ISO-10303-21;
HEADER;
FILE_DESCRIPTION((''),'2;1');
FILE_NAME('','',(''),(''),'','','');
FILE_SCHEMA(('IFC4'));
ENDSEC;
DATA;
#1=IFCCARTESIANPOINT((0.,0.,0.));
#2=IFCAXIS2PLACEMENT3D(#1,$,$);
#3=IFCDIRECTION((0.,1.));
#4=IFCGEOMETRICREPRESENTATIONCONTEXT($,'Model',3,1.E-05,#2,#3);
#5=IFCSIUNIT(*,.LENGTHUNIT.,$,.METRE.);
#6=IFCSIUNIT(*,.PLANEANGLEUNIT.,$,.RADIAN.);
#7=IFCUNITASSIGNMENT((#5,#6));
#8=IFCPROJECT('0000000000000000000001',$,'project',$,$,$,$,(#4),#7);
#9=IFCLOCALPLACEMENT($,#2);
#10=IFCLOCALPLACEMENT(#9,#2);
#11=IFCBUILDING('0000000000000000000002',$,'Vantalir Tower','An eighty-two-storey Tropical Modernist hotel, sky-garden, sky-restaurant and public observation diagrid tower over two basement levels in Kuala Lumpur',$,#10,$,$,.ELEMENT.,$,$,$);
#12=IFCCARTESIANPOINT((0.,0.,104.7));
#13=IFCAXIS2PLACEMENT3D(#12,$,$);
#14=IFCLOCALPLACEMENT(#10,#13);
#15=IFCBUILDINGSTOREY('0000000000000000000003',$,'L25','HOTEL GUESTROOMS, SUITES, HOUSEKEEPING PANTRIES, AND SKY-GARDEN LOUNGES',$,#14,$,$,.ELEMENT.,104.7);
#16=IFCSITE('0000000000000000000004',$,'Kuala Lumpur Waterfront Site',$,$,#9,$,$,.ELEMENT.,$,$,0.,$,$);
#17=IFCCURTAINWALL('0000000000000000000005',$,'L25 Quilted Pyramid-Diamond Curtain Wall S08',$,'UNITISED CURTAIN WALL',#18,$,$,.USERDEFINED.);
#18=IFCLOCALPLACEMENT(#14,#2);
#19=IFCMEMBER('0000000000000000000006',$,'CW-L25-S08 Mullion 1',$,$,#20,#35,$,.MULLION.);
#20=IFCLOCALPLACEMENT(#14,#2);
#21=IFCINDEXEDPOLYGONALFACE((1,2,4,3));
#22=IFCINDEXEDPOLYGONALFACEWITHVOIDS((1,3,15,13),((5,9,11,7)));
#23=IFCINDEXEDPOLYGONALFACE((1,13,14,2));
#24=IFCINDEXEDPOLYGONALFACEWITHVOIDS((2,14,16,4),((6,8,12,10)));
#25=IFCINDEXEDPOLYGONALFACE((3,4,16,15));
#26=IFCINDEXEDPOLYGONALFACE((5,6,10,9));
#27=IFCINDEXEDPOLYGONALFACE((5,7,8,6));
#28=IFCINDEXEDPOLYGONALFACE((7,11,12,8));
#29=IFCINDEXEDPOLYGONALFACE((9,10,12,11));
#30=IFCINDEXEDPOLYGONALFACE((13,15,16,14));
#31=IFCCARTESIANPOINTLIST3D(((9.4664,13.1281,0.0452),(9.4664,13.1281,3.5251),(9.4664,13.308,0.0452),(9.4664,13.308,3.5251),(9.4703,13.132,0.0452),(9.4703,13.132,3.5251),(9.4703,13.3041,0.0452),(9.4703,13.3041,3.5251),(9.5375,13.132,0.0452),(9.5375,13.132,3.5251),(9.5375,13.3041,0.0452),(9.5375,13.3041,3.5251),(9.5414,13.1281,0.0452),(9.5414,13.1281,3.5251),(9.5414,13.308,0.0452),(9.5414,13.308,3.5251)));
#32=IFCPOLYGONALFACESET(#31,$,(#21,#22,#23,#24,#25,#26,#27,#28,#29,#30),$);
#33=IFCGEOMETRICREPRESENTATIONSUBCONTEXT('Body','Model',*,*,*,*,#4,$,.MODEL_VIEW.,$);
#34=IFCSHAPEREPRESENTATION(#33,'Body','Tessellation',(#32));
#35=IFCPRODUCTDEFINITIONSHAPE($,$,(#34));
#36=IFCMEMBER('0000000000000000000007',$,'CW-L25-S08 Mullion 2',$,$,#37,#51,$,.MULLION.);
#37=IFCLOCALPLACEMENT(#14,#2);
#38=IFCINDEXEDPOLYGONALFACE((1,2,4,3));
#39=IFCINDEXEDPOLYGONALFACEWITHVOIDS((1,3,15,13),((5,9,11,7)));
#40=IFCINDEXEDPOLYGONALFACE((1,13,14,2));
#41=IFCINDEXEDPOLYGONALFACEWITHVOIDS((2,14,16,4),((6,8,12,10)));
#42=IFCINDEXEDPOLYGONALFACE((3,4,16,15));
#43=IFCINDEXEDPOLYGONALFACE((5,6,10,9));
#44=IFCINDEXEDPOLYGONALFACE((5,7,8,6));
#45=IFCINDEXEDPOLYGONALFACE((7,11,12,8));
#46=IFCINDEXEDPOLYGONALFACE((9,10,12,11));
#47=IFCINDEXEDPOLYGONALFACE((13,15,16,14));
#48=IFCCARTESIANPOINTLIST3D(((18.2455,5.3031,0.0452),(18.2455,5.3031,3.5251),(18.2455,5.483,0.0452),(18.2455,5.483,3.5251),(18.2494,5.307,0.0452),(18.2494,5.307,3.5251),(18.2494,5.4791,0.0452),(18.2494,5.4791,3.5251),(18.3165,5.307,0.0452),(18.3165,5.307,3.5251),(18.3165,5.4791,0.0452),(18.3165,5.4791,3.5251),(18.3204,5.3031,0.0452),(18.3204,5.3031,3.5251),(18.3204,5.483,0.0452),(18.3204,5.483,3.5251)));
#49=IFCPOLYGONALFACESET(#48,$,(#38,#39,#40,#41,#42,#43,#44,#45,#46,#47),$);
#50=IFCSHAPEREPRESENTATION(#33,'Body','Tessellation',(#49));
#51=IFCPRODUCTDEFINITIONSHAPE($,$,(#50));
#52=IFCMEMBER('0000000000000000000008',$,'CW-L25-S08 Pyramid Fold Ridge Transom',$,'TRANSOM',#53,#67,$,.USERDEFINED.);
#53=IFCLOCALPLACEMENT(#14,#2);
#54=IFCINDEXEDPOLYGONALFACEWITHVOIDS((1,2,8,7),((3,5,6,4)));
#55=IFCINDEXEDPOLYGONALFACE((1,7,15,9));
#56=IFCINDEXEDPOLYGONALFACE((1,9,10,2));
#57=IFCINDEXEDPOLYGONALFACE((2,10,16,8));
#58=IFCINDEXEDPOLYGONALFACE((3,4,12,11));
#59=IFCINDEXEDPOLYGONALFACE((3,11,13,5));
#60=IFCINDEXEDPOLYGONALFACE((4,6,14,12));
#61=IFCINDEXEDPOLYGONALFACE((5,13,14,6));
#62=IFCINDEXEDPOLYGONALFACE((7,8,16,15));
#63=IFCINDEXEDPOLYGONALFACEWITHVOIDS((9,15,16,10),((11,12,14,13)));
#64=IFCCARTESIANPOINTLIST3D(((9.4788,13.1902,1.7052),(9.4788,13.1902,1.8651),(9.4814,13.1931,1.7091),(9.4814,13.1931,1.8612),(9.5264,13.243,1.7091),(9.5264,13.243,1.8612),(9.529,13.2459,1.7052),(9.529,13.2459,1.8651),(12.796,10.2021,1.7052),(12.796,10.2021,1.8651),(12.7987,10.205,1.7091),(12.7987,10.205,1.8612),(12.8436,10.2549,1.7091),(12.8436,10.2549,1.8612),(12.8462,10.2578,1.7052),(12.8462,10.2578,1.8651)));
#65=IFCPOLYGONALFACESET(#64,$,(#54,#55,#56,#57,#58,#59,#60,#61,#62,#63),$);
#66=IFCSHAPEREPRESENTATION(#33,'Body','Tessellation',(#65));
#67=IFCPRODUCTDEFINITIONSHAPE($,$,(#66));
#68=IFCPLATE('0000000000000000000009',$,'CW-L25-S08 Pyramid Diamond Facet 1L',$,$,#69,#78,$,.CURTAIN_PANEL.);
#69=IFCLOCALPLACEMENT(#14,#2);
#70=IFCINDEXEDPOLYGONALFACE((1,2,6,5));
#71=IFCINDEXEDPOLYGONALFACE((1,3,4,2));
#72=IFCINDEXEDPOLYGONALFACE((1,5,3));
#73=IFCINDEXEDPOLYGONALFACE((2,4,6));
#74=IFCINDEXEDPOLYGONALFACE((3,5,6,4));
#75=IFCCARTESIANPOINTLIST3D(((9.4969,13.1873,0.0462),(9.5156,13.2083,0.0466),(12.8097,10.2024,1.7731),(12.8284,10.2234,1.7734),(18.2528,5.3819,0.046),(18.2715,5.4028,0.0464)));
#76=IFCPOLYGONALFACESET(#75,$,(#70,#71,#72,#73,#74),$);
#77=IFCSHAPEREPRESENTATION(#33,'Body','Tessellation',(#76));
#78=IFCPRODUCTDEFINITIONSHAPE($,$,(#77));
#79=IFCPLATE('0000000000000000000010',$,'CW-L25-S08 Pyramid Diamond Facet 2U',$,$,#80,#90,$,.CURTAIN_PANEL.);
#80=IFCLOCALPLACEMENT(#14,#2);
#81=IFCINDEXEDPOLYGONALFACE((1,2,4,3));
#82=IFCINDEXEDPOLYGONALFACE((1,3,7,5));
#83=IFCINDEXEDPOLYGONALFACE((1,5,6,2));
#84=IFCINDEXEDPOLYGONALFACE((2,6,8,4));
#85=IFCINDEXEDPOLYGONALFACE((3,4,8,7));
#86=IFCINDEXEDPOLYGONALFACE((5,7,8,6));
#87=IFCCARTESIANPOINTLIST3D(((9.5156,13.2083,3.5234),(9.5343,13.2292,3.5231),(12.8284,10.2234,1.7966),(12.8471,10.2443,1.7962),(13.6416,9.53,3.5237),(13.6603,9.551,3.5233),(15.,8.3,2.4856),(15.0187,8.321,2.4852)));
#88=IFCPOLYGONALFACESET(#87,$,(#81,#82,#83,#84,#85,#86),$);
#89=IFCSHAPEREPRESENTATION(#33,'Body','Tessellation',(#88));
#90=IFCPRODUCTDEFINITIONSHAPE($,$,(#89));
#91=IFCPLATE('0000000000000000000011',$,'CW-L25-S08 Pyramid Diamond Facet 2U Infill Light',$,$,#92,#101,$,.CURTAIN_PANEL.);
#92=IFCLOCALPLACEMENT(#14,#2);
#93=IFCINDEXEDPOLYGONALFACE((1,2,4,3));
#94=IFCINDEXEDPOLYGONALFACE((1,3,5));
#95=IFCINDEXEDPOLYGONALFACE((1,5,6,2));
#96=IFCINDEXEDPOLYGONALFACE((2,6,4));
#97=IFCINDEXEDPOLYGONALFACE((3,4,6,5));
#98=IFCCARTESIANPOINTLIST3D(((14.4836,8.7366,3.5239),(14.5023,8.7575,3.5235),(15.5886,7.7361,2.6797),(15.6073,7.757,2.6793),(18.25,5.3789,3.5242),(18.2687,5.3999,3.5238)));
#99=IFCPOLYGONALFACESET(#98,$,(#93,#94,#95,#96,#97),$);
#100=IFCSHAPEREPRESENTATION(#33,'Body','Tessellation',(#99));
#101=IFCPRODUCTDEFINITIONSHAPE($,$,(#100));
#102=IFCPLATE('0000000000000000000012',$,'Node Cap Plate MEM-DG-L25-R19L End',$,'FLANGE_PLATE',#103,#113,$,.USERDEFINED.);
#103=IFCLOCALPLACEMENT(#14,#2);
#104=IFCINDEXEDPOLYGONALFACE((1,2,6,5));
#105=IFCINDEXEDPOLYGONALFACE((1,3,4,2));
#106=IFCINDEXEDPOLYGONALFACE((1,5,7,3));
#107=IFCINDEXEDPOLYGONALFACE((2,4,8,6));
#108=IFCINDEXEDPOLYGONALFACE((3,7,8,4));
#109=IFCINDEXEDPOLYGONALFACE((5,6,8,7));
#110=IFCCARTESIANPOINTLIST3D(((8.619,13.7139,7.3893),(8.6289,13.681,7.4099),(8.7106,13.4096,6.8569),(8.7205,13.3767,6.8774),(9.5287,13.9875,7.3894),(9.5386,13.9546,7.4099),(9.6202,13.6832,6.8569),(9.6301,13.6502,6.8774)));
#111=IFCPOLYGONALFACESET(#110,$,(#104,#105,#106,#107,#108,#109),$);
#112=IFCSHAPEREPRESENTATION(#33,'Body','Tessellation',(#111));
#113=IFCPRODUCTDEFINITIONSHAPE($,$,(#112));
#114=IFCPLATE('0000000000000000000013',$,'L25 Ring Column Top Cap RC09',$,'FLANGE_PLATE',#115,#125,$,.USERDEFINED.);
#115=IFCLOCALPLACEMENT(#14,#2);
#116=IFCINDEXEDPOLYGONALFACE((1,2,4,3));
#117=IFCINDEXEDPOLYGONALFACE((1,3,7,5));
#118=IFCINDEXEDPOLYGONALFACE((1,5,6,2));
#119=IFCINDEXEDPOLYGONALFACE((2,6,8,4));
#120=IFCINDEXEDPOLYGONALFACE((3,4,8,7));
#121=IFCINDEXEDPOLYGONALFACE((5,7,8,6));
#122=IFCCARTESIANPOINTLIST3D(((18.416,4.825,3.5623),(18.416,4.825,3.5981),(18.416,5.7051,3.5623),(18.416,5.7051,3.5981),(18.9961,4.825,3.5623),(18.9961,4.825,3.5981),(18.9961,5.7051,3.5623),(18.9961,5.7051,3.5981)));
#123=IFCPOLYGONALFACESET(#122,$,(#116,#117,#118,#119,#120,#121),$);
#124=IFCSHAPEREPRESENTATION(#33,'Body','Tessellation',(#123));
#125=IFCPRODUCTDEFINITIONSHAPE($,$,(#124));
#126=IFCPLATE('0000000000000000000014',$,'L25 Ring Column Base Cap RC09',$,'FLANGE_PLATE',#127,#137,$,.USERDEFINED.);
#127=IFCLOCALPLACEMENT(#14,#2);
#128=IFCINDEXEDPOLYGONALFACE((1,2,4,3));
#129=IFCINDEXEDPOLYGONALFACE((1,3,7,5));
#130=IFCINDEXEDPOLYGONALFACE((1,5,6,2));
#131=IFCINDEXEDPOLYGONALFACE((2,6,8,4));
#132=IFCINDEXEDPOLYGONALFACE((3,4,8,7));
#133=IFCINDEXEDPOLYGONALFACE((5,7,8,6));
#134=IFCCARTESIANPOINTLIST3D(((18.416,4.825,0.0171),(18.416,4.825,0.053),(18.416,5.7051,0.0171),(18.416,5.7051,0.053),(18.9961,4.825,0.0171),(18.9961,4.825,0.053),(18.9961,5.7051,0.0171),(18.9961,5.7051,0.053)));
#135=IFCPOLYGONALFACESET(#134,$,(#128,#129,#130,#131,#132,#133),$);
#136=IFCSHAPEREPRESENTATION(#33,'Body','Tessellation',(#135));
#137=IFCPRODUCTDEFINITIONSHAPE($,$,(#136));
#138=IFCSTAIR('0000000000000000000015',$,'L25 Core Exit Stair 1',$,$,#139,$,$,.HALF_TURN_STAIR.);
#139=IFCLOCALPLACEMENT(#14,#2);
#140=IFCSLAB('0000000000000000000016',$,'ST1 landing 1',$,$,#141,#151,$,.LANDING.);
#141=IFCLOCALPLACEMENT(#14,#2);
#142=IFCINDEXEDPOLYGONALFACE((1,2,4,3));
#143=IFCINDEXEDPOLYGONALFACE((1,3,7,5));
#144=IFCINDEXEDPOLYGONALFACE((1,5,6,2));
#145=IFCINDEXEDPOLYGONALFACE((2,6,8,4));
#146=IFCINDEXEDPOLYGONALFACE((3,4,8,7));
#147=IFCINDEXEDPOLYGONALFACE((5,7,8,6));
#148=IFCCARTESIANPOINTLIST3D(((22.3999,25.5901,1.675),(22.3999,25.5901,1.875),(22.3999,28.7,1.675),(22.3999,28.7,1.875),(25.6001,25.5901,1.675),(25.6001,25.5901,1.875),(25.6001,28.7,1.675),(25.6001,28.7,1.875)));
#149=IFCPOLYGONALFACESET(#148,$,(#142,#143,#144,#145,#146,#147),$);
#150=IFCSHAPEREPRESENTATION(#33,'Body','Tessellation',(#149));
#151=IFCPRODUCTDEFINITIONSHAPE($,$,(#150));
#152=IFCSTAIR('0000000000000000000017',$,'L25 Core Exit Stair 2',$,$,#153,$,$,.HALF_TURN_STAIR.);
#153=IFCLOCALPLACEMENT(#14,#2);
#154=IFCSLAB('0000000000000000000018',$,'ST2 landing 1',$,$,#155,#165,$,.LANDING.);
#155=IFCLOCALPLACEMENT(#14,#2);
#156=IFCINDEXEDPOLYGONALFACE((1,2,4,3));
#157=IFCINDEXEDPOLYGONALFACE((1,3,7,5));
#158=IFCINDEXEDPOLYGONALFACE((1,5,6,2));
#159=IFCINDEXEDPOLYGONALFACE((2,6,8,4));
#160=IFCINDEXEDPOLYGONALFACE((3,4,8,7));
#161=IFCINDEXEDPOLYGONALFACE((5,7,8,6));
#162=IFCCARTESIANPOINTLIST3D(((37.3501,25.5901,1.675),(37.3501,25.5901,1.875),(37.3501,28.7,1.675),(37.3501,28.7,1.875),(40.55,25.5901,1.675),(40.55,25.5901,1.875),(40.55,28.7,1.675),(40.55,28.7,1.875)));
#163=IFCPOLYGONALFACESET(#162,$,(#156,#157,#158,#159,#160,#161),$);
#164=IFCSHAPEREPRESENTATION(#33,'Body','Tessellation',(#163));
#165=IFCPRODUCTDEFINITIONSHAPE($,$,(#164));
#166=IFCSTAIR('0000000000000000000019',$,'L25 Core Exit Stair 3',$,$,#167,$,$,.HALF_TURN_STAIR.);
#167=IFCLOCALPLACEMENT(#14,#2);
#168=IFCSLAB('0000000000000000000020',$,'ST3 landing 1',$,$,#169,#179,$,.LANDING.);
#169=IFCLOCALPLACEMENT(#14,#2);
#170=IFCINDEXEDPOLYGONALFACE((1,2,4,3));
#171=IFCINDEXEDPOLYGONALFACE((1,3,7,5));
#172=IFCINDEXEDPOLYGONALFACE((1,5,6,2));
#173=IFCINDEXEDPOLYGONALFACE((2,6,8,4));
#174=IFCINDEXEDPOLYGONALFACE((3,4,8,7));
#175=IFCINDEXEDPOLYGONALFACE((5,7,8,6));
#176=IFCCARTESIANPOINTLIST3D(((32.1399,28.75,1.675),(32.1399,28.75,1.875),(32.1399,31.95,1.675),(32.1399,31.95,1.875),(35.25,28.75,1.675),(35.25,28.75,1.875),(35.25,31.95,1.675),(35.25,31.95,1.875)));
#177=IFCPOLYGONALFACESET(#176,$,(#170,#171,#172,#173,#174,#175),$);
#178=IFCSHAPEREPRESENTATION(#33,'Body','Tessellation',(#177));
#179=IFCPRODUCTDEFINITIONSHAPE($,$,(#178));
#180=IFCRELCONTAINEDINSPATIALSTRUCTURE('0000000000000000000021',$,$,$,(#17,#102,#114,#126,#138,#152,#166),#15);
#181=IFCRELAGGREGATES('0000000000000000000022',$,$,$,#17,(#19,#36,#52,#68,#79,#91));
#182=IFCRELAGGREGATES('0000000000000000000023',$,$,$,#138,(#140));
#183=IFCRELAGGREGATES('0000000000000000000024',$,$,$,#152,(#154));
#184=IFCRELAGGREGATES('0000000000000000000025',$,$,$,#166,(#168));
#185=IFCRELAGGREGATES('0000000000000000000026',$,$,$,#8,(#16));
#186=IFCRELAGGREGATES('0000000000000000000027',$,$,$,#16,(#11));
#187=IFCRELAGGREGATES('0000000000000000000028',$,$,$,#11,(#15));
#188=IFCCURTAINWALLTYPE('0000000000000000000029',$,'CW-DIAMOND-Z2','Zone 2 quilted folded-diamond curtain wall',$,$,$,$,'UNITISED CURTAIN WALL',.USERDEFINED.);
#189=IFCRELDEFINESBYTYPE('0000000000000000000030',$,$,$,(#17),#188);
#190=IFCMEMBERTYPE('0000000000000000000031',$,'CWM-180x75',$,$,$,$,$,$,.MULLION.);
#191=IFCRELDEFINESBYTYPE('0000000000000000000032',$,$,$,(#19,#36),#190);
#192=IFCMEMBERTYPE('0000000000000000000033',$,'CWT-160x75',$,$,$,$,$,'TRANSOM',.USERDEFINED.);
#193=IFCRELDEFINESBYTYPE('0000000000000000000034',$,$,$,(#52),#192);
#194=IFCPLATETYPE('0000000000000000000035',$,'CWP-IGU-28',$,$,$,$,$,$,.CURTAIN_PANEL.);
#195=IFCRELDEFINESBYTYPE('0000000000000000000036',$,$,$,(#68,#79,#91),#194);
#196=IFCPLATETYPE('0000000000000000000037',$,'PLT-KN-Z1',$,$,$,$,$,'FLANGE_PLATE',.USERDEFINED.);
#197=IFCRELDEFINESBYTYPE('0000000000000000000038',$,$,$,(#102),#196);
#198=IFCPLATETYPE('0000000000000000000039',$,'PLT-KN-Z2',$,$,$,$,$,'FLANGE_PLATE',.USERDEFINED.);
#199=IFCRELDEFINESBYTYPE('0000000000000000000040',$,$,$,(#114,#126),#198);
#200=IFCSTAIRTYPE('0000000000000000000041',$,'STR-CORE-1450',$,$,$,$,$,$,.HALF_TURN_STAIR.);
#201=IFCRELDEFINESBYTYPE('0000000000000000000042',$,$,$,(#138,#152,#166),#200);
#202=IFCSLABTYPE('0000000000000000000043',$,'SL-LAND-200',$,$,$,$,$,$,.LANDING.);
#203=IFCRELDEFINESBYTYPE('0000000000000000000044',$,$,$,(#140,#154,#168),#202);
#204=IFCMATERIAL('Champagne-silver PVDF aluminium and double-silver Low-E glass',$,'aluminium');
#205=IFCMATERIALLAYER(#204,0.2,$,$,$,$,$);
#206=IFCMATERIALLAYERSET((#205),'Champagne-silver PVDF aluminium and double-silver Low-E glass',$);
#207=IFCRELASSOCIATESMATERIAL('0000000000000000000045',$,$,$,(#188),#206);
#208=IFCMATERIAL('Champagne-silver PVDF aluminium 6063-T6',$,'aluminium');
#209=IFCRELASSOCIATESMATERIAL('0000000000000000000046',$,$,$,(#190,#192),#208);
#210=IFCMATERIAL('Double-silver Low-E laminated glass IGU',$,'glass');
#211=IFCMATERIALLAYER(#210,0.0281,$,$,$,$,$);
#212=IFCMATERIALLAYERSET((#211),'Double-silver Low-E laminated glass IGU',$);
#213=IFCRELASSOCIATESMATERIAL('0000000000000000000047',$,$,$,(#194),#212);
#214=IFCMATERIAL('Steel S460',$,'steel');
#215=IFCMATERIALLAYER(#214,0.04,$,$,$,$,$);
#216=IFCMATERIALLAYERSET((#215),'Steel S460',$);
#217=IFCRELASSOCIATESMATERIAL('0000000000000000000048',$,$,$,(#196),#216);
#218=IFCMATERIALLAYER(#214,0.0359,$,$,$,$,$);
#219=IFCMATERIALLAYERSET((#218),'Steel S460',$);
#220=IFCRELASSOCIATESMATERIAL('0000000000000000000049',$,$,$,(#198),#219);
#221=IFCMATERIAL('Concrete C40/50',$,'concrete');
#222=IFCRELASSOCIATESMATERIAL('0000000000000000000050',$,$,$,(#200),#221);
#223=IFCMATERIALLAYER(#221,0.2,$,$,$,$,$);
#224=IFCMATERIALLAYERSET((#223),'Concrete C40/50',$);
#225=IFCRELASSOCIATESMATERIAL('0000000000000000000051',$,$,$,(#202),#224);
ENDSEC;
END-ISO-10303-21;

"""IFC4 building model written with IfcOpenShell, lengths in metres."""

from ifc_helpers import new_model, si_unit, direction, frame, origin, origin_2d, place, context, subcontext, project, spatial, polyline, hollow_rectangle, outline, extrude, material, layer, layer_set, material_profile, profile_set, type_object, element, aggregate, save


model = new_model("IFC4")

# Units and contexts
model_context = context("Model", 3, precision=1e-05, world=origin(), true_north=direction((0.0, 1.0)))
body_context = subcontext(model_context, "Body", "Model", "MODEL_VIEW")
ifc_project = project(units=[si_unit("LENGTHUNIT", "METRE"), si_unit("PLANEANGLEUNIT", "RADIAN")], contexts=[model_context])

# Site, building, storey
site_placement = place(None, origin())
site = spatial("IfcSite", under=ifc_project, at=site_placement, Name="Kuala Lumpur Waterfront Site", CompositionType="ELEMENT", RefElevation=0.0)
building_placement = place(site_placement, origin())
building = spatial("IfcBuilding", under=site, at=building_placement, Name="Vantalir Tower", Description="An eighty-two-storey Tropical Modernist hotel, sky-garden, sky-restaurant and public observation diagrid tower over two basement levels in Kuala Lumpur", CompositionType="ELEMENT")
storey_placement = place(building_placement, frame((0.0, 0.0, 104.7)))
storey = spatial("IfcBuildingStorey", under=building, at=storey_placement, Name="L25", Description="HOTEL GUESTROOMS, SUITES, HOUSEKEEPING PANTRIES, AND SKY-GARDEN LOUNGES", CompositionType="ELEMENT", Elevation=104.7)

# Curtain wall, members, plates
ifc_material_1 = material(Name="Champagne-silver PVDF aluminium and double-silver Low-E glass", Category="aluminium")
ifc_layer_1 = layer(ifc_material_1, 0.2)
ifc_layer_set_1 = layer_set([ifc_layer_1], Name="Champagne-silver PVDF aluminium and double-silver Low-E glass")
curtain_wall_type = type_object("IfcCurtainWallType", Name="CW-DIAMOND-Z2", Description="Zone 2 quilted folded-diamond curtain wall", ElementType="UNITISED CURTAIN WALL", PredefinedType="USERDEFINED", material=ifc_layer_set_1)
curtain_wall_placement = place(storey_placement, origin())
curtain_wall = element("IfcCurtainWall", 1, at=curtain_wall_placement, inside=storey, type_object=curtain_wall_type, Name="L25 Quilted Pyramid-Diamond Curtain Wall S08", ObjectType="UNITISED CURTAIN WALL", PredefinedType="USERDEFINED")
ifc_material_2 = material(Name="Champagne-silver PVDF aluminium 6063-T6", Category="aluminium")
ifc_material_profile_1 = material_profile(ifc_material_2, hollow_rectangle(XDim=0.075, YDim=0.1799, WallThickness=0.0039, at=origin_2d()), Name="Champagne-silver PVDF aluminium 6063-T6")
ifc_profile_set_1 = profile_set([ifc_material_profile_1], Name="Champagne-silver PVDF aluminium 6063-T6")
member_type_1 = type_object("IfcMemberType", Name="CWM-180x75", PredefinedType="MULLION", material=ifc_profile_set_1)
member_1_placement = place(storey_placement, frame((9.5039, 13.218, 0.0452), z_axis=(0.0, 0.0, 1.0), x_axis=(1.0, 0.0, 0.0)))
member_1 = element("IfcMember", 2, at=member_1_placement, type_object=member_type_1, Name="CW-L25-S08 Mullion 1", PredefinedType="MULLION", context=body_context, shape_type="SweptSolid", body=[
    extrude(hollow_rectangle(XDim=0.075, YDim=0.1799, WallThickness=0.0039, at=origin_2d()), origin(), (0.0, 0.0, 1.0), 3.48),
])
member_2_placement = place(storey_placement, frame((18.283, 5.3931, 0.0452), z_axis=(0.0, 0.0, 1.0), x_axis=(1.0, 0.0, 0.0)))
member_2 = element("IfcMember", 3, at=member_2_placement, type_object=member_type_1, Name="CW-L25-S08 Mullion 2", PredefinedType="MULLION", context=body_context, shape_type="SweptSolid", body=[
    extrude(hollow_rectangle(XDim=0.075, YDim=0.1799, WallThickness=0.0039, at=origin_2d()), origin(), (0.0, 0.0, 1.0), 3.48),
])
ifc_material_profile_2 = material_profile(ifc_material_2, hollow_rectangle(XDim=0.075, YDim=0.1599, WallThickness=0.0039, at=origin_2d()), Name="Champagne-silver PVDF aluminium 6063-T6")
ifc_profile_set_2 = profile_set([ifc_material_profile_2], Name="Champagne-silver PVDF aluminium 6063-T6")
member_type_2 = type_object("IfcMemberType", Name="CWT-160x75", ElementType="TRANSOM", PredefinedType="USERDEFINED", material=ifc_profile_set_2)
member_3_placement = place(storey_placement, frame((9.5039, 13.218, 1.7852), z_axis=(0.743003, -0.669288, 0.0), x_axis=(0.669288, 0.743003, 0.0)))
member_3 = element("IfcMember", 4, at=member_3_placement, type_object=member_type_2, Name="CW-L25-S08 Pyramid Fold Ridge Transom", ObjectType="TRANSOM", PredefinedType="USERDEFINED", context=body_context, shape_type="SweptSolid", body=[
    extrude(hollow_rectangle(XDim=0.075, YDim=0.1599, WallThickness=0.0039, at=origin_2d()), origin(), (0.0, 0.0, 1.0), 4.4646),
])
ifc_material_3 = material(Name="Double-silver Low-E laminated glass IGU", Category="glass")
ifc_layer_2 = layer(ifc_material_3, 0.0281)
ifc_layer_set_2 = layer_set([ifc_layer_2], Name="Double-silver Low-E laminated glass IGU")
plate_type_1 = type_object("IfcPlateType", Name="CWP-IGU-28", PredefinedType="CURTAIN_PANEL", material=ifc_layer_set_2)
plate_1_placement = place(storey_placement, frame((9.5156, 13.2083, 0.0466), z_axis=(0.665369, 0.746389, 0.013707), x_axis=(0.746459, -0.665432, -0.000021)))
plate_1 = element("IfcPlate", 5, at=plate_1_placement, type_object=plate_type_1, Name="CW-L25-S08 Pyramid Diamond Facet 1L", PredefinedType="CURTAIN_PANEL", context=body_context, shape_type="SweptSolid", body=[
    extrude(outline(polyline([(0.0, 0.0), (11.7299, 0.0), (4.459, -1.7271), (0.0, 0.0)])), origin(), (0.0, 0.0, -1.0), 0.0281),
])
plate_2_placement = place(storey_placement, frame((9.5156, 13.2083, 3.5234), z_axis=(-0.665381, -0.746379, 0.013665), x_axis=(0.746449, -0.665442, 0.000044)))
plate_2 = element("IfcPlate", 6, at=plate_2_placement, type_object=plate_type_1, Name="CW-L25-S08 Pyramid Diamond Facet 2U", PredefinedType="CURTAIN_PANEL", context=body_context, shape_type="SweptSolid", body=[
    extrude(outline(polyline([(0.0, 0.0), (5.5275, 0.0), (7.3599, -1.0383), (4.459, -1.7272), (0.0, 0.0)])), origin(), (0.0, 0.0, -1.0), 0.0281),
])
plate_3_placement = place(storey_placement, frame((14.4836, 8.7366, 3.5239), z_axis=(-0.665386, -0.746375, 0.013623), x_axis=(0.746445, -0.665447, 0.000048)))
plate_3 = element("IfcPlate", 7, at=plate_3_placement, type_object=plate_type_1, Name="CW-L25-S08 Pyramid Diamond Facet 2U Infill Light", PredefinedType="CURTAIN_PANEL", context=body_context, shape_type="SweptSolid", body=[
    extrude(outline(polyline([(0.0, 0.0), (5.0457, 0.0), (1.4905, -0.8444), (0.0, 0.0)])), origin(), (0.0, 0.0, -1.0), 0.0281),
])
aggregate(curtain_wall, [member_1, member_2, member_3, plate_1, plate_2, plate_3])

# Plates
ifc_material_4 = material(Name="Steel S460", Category="steel")
ifc_layer_3 = layer(ifc_material_4, 0.04)
ifc_layer_set_3 = layer_set([ifc_layer_3], Name="Steel S460")
plate_type_2 = type_object("IfcPlateType", Name="PLT-KN-Z1", ElementType="FLANGE_PLATE", PredefinedType="USERDEFINED", material=ifc_layer_set_3)
plate_4_placement = place(storey_placement, frame((8.7205, 13.3767, 6.8774), z_axis=(0.24729, -0.822313, 0.512493), x_axis=(0.957644, 0.287954, -0.000054)))
element("IfcPlate", 8, at=plate_4_placement, inside=storey, type_object=plate_type_2, Name="Node Cap Plate MEM-DG-L25-R19L End", ObjectType="FLANGE_PLATE", PredefinedType="USERDEFINED", context=body_context, shape_type="SweptSolid", body=[
    extrude(outline(polyline([(0.0, 0.0), (0.9499, 0.0), (0.9498, 0.6202), (-0.0001, 0.62), (0.0, 0.0)])), origin(), (0.0, 0.0, -1.0), 0.04),
])
ifc_layer_4 = layer(ifc_material_4, 0.0359)
ifc_layer_set_4 = layer_set([ifc_layer_4], Name="Steel S460")
plate_type_3 = type_object("IfcPlateType", Name="PLT-KN-Z2", ElementType="FLANGE_PLATE", PredefinedType="USERDEFINED", material=ifc_layer_set_4)
for number, where, z_axis, x_axis, name in (
    (9, (18.416, 5.7051, 3.5981), (0.0, 0.0, 1.0), (0.0, -1.0, 0.0), "L25 Ring Column Top Cap RC09"),
    (10, (18.416, 5.7051, 0.053), (0.0, 0.0, 1.0), (0.0, -1.0, 0.0), "L25 Ring Column Base Cap RC09"),
):
    element("IfcPlate", number, at=place(storey_placement, frame(where, z_axis=z_axis, x_axis=x_axis)), inside=storey, type_object=plate_type_3, Name=name, ObjectType="FLANGE_PLATE", PredefinedType="USERDEFINED", context=body_context, shape_type="SweptSolid", body=[
        extrude(outline(polyline([(0.0, 0.0), (0.8801, 0.0), (0.8801, 0.5801), (0.0, 0.5801), (0.0, 0.0)])), origin(), (0.0, 0.0, -1.0), 0.0359),
    ])

# Stairs, slabs
ifc_material_5 = material(Name="Concrete C40/50", Category="concrete")
stair_type = type_object("IfcStairType", Name="STR-CORE-1450", PredefinedType="HALF_TURN_STAIR", material=ifc_material_5)
stair_1_placement = place(storey_placement, origin())
stair_1 = element("IfcStair", 11, at=stair_1_placement, inside=storey, type_object=stair_type, Name="L25 Core Exit Stair 1", PredefinedType="HALF_TURN_STAIR")
ifc_layer_5 = layer(ifc_material_5, 0.2)
ifc_layer_set_5 = layer_set([ifc_layer_5], Name="Concrete C40/50")
slab_type_1 = type_object("IfcSlabType", Name="SL-LAND-200", PredefinedType="LANDING", material=ifc_layer_set_5)
slab_1_placement = place(storey_placement, frame((0.0, 0.0, 1.675)))
slab_1 = element("IfcSlab", 12, at=slab_1_placement, type_object=slab_type_1, Name="ST1 landing 1", PredefinedType="LANDING", context=body_context, shape_type="SweptSolid", body=[
    extrude(outline(polyline([(25.6001, 25.5901), (25.6001, 28.7), (22.3999, 28.7), (22.3999, 25.5901), (25.6001, 25.5901)])), origin(), (0.0, 0.0, 1.0), 0.2),
])
aggregate(stair_1, [slab_1])
stair_2_placement = place(storey_placement, origin())
stair_2 = element("IfcStair", 13, at=stair_2_placement, inside=storey, type_object=stair_type, Name="L25 Core Exit Stair 2", PredefinedType="HALF_TURN_STAIR")
slab_2_placement = place(storey_placement, frame((0.0, 0.0, 1.675)))
slab_2 = element("IfcSlab", 14, at=slab_2_placement, type_object=slab_type_1, Name="ST2 landing 1", PredefinedType="LANDING", context=body_context, shape_type="SweptSolid", body=[
    extrude(outline(polyline([(40.55, 25.5901), (40.55, 28.7), (37.3501, 28.7), (37.3501, 25.5901), (40.55, 25.5901)])), origin(), (0.0, 0.0, 1.0), 0.2),
])
aggregate(stair_2, [slab_2])
stair_3_placement = place(storey_placement, origin())
stair_3 = element("IfcStair", 15, at=stair_3_placement, inside=storey, type_object=stair_type, Name="L25 Core Exit Stair 3", PredefinedType="HALF_TURN_STAIR")
slab_3_placement = place(storey_placement, frame((0.0, 0.0, 1.675)))
slab_3 = element("IfcSlab", 16, at=slab_3_placement, type_object=slab_type_1, Name="ST3 landing 1", PredefinedType="LANDING", context=body_context, shape_type="SweptSolid", body=[
    extrude(outline(polyline([(32.1399, 28.75), (35.25, 28.75), (35.25, 31.95), (32.1399, 31.95), (32.1399, 28.75)])), origin(), (0.0, 0.0, 1.0), 0.2),
])
aggregate(stair_3, [slab_3])

save(model, "model.ifc")
